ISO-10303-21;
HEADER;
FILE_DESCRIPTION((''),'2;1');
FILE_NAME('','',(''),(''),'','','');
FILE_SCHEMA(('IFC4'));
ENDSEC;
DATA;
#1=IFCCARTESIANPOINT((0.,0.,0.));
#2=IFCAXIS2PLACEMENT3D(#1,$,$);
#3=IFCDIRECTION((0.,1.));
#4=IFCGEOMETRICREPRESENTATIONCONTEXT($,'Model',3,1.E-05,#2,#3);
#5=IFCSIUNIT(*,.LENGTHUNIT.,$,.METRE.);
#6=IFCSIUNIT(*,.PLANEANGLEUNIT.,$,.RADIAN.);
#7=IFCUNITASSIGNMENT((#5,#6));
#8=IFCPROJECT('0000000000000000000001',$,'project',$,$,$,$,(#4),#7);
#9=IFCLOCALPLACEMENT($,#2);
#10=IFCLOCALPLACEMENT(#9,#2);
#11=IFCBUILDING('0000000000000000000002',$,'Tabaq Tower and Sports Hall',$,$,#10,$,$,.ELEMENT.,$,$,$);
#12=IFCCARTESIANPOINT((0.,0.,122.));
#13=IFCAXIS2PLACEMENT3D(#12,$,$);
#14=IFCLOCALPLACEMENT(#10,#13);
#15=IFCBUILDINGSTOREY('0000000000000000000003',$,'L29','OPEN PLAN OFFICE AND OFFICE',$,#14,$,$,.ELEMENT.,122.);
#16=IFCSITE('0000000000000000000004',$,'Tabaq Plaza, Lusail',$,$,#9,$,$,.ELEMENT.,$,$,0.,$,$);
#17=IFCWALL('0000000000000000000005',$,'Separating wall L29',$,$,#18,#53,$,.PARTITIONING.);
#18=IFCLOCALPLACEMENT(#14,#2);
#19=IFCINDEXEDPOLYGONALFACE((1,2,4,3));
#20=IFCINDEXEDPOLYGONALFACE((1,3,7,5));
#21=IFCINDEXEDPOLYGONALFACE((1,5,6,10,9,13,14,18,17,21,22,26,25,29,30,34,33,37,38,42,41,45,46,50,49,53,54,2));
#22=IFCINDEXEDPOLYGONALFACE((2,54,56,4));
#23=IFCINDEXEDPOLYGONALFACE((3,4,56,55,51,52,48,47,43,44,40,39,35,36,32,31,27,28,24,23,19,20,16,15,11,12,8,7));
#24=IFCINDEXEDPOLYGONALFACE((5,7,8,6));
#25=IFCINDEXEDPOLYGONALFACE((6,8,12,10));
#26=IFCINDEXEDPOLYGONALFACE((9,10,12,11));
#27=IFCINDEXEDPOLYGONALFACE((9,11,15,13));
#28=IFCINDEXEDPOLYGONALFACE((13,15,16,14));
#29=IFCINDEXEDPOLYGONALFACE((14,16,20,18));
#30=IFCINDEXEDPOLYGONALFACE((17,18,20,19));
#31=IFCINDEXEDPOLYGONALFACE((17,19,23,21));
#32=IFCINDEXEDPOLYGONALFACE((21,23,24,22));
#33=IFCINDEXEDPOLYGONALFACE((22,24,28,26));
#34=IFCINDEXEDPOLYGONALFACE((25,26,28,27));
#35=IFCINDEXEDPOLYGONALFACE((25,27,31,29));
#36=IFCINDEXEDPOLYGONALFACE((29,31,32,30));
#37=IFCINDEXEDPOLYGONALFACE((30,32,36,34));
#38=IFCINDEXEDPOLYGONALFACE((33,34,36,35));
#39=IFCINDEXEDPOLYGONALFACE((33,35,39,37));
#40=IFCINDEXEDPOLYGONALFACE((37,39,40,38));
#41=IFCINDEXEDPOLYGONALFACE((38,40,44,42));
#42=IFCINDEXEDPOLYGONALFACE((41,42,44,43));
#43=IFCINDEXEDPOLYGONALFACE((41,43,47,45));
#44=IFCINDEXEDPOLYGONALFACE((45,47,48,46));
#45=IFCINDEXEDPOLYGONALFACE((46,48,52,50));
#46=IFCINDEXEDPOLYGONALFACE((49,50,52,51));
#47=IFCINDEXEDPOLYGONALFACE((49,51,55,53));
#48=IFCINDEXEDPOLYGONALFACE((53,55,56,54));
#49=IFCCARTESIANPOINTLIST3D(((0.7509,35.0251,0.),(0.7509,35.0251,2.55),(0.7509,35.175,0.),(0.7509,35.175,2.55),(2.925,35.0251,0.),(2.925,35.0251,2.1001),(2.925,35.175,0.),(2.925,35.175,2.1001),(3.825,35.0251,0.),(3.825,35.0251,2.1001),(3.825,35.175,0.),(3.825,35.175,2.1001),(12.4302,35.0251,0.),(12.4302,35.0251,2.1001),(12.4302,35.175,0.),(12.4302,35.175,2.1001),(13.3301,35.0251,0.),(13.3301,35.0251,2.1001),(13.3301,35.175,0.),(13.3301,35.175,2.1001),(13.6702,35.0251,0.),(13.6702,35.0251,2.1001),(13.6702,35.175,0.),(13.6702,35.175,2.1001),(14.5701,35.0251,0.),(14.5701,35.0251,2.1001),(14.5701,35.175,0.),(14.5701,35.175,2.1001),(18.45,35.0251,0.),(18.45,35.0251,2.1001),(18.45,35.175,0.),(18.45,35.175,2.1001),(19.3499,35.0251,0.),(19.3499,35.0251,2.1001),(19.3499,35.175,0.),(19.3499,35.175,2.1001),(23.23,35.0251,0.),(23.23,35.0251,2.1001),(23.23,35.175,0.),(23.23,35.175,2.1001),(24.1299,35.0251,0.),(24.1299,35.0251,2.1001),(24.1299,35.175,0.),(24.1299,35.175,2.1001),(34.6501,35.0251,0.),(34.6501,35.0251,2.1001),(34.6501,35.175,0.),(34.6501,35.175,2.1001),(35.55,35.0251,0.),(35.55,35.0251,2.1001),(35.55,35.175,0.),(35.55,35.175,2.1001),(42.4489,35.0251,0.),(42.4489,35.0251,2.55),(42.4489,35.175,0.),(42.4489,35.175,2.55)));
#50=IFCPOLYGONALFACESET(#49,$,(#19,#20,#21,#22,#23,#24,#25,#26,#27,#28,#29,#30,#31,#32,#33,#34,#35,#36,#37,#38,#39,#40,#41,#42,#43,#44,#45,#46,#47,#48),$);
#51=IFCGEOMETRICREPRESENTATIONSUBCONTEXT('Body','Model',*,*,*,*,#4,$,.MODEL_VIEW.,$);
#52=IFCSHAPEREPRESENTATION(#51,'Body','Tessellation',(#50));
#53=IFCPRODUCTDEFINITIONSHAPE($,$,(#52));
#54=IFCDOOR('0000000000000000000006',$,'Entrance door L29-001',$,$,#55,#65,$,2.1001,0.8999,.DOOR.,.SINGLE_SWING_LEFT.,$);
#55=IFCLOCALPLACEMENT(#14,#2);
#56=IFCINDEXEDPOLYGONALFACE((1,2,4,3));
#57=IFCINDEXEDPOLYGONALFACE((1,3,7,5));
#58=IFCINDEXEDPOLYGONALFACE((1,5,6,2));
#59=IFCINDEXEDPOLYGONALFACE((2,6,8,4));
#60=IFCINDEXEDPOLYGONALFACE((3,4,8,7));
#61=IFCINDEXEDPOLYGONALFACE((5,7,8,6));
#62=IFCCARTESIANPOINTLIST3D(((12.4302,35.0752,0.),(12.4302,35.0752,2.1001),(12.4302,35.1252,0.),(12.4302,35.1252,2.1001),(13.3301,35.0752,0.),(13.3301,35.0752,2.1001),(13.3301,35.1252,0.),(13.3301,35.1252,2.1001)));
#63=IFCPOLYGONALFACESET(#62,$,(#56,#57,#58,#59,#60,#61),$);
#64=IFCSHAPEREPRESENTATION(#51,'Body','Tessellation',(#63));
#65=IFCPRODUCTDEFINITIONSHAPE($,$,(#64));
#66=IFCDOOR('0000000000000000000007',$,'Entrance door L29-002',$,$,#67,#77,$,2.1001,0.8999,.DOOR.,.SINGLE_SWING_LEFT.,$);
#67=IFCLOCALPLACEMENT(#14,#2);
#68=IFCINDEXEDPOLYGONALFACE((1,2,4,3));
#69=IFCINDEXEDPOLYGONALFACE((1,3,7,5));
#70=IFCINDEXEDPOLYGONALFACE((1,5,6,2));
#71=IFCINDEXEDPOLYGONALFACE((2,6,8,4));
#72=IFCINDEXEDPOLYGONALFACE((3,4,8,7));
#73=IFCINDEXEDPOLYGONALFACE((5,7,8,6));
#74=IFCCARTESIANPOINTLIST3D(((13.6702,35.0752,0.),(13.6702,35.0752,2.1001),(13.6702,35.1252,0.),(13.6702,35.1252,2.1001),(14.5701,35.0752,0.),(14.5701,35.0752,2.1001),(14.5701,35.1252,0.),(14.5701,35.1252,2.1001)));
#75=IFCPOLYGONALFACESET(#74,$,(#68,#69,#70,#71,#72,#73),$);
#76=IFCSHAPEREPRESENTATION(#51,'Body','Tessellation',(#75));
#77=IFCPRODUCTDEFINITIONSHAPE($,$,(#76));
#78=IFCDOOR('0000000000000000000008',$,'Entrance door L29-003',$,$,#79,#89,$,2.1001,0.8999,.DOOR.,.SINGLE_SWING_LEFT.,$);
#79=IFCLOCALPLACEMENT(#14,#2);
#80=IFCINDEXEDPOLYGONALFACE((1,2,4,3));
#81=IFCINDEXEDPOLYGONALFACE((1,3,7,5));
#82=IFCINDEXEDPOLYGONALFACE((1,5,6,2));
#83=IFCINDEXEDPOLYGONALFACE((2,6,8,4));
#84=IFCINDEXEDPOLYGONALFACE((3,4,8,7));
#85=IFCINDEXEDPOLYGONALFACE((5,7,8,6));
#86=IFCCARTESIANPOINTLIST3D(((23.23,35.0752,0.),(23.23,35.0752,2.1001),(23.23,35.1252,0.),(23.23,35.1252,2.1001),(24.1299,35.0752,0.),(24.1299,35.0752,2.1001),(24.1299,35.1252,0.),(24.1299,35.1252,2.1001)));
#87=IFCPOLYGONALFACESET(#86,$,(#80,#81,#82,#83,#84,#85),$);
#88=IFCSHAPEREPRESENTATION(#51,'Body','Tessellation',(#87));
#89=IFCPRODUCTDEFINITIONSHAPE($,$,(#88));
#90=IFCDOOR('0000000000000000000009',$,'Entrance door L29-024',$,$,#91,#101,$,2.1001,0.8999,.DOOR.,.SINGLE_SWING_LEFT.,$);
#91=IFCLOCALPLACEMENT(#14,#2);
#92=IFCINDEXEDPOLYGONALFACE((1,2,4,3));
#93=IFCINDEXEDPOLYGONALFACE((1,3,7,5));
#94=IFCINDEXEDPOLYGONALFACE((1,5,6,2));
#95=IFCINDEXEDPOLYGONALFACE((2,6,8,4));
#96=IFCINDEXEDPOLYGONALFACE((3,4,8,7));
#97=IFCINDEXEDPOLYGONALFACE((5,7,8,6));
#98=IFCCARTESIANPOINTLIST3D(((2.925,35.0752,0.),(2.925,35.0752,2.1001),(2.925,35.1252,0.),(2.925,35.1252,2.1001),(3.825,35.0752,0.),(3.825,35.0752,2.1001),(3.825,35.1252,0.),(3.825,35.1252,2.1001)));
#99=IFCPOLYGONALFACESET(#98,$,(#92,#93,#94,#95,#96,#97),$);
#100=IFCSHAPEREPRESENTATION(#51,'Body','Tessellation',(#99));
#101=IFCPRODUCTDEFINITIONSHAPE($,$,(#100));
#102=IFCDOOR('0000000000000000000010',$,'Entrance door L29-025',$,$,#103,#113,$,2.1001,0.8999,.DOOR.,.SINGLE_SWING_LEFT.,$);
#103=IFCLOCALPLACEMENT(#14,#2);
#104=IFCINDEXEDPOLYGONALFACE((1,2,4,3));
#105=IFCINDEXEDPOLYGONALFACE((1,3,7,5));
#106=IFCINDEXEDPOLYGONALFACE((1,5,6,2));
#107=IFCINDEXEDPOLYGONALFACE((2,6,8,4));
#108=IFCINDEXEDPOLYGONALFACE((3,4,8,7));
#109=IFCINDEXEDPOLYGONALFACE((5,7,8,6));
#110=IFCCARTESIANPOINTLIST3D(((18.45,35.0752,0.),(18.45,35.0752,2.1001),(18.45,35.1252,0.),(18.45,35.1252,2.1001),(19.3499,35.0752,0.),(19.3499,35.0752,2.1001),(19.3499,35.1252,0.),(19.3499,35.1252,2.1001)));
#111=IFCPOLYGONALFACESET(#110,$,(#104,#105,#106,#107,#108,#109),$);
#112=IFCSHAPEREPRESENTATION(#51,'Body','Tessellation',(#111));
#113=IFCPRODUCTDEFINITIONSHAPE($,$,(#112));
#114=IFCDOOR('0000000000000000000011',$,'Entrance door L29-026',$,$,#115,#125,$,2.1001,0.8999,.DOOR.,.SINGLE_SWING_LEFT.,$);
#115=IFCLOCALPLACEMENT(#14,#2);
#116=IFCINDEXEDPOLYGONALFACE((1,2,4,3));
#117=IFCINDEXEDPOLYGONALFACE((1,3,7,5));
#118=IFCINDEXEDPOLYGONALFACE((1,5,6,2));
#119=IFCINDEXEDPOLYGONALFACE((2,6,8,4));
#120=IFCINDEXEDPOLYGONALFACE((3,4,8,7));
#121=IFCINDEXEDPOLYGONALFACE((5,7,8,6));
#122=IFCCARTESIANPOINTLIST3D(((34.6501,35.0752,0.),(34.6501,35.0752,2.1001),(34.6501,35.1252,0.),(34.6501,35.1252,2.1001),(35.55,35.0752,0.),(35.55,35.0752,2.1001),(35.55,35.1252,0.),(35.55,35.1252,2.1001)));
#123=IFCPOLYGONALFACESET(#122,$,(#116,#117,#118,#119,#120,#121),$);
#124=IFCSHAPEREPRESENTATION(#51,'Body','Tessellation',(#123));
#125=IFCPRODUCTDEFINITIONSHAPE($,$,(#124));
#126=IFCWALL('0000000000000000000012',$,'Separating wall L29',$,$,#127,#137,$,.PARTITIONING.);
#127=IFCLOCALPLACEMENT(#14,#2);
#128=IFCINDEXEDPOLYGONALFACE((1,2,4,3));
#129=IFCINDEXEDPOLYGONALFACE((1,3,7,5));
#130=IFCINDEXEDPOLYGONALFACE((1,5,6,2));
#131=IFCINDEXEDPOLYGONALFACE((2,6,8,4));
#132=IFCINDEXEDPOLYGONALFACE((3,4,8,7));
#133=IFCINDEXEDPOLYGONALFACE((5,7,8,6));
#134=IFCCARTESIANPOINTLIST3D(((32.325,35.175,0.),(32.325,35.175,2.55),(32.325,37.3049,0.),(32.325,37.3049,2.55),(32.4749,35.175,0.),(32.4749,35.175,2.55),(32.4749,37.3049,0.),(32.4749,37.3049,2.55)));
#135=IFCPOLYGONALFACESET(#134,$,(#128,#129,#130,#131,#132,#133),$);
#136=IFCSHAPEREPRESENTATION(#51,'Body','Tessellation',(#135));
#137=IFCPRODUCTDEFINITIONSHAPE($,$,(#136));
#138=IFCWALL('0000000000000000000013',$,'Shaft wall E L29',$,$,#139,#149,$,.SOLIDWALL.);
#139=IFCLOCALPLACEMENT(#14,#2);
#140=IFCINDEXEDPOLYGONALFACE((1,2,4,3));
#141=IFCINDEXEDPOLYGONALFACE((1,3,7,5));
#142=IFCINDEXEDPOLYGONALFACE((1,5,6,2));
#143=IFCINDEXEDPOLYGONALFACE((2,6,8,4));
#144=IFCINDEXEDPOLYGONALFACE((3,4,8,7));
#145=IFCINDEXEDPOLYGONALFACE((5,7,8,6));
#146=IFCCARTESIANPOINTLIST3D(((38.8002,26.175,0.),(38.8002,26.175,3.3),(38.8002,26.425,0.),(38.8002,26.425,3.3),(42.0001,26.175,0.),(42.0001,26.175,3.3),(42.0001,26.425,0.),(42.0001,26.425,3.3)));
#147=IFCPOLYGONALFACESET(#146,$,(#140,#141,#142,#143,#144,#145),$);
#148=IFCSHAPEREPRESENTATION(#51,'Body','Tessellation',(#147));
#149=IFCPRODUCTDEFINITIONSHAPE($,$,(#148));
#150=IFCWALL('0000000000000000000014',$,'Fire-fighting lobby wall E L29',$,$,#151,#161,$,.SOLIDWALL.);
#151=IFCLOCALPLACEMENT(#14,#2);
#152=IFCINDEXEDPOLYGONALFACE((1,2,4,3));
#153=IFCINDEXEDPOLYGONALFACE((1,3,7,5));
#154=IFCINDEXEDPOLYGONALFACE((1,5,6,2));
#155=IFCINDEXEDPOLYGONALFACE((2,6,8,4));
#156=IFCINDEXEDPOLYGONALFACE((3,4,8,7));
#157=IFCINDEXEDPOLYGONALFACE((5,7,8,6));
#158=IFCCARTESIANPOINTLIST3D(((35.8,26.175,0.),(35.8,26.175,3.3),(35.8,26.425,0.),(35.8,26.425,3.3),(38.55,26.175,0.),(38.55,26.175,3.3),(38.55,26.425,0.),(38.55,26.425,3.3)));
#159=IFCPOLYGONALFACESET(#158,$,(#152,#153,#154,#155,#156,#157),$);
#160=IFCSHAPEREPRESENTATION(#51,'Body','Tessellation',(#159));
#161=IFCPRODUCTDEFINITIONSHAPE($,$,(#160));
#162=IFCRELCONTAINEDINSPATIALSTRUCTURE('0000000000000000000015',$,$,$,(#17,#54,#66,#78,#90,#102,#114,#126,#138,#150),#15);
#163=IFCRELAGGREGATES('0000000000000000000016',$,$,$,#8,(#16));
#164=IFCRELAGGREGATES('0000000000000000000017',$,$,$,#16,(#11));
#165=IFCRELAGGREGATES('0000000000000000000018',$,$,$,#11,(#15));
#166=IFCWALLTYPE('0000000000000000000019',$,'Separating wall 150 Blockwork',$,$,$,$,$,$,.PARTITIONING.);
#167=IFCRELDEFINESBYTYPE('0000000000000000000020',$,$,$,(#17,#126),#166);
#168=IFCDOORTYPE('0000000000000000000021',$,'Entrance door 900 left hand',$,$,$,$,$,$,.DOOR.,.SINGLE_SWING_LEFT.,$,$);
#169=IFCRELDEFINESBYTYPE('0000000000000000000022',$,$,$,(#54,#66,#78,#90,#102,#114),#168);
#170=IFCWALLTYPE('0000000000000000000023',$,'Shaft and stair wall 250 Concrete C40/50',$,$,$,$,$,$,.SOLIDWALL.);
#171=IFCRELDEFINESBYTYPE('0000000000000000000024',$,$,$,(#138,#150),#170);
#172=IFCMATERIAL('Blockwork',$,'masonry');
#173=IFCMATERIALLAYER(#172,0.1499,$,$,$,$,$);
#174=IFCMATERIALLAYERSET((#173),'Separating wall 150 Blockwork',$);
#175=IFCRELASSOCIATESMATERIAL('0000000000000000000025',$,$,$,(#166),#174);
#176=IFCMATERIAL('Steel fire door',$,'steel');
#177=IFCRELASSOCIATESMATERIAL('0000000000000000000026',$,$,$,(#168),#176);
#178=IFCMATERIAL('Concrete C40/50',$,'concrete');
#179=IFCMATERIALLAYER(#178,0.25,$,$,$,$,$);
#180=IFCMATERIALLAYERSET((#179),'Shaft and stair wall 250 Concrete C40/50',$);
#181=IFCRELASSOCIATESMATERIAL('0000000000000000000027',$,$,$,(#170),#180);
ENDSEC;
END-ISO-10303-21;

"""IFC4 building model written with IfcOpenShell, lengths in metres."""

from ifc_helpers import new_model, si_unit, direction, frame, frame_2d, origin, place, context, subcontext, project, spatial, rectangle, extrude, material, layer, layer_set, type_object, element, fill, save


model = new_model("IFC4")

# Units and contexts
model_context = context("Model", 3, precision=1e-05, world=origin(), true_north=direction((0.0, 1.0)))
body_context = subcontext(model_context, "Body", "Model", "MODEL_VIEW")
ifc_project = project(units=[si_unit("LENGTHUNIT", "METRE"), si_unit("PLANEANGLEUNIT", "RADIAN")], contexts=[model_context])

# Site, building, storey
site_placement = place(None, origin())
site = spatial("IfcSite", under=ifc_project, at=site_placement, Name="Tabaq Plaza, Lusail", CompositionType="ELEMENT", RefElevation=0.0)
building_placement = place(site_placement, origin())
building = spatial("IfcBuilding", under=site, at=building_placement, Name="Tabaq Tower and Sports Hall", CompositionType="ELEMENT")
storey_placement = place(building_placement, frame((0.0, 0.0, 122.0)))
storey = spatial("IfcBuildingStorey", under=building, at=storey_placement, Name="L29", Description="OPEN PLAN OFFICE AND OFFICE", CompositionType="ELEMENT", Elevation=122.0)

# Wall, openings, doors
ifc_material_1 = material(Name="Blockwork", Category="masonry")
ifc_layer_1 = layer(ifc_material_1, 0.1499)
ifc_layer_set_1 = layer_set([ifc_layer_1], Name="Separating wall 150 Blockwork")
wall_type_1 = type_object("IfcWallType", Name="Separating wall 150 Blockwork", PredefinedType="PARTITIONING", material=ifc_layer_set_1)
wall_1_placement = place(storey_placement, frame((42.449, 35.1001, 0.0), z_axis=(0.0, 0.0, 1.0), x_axis=(-1.0, 0.0, 0.0)))
wall_1 = element("IfcWall", 1, at=wall_1_placement, inside=storey, type_object=wall_type_1, Name="Separating wall L29", PredefinedType="PARTITIONING", context=body_context, shape_type="SweptSolid", body=[
    extrude(rectangle(XDim=41.698, YDim=0.1499, at=frame_2d((20.8491, 0.0))), origin(), (0.0, 0.0, 1.0), 2.55),
])
opening_1_placement = place(wall_1_placement, frame((29.1189, 0.0, 0.0)))
opening_1 = element("IfcOpeningElement", 2, at=opening_1_placement, cuts=wall_1, PredefinedType="OPENING", context=body_context, shape_type="SweptSolid", body=[
    extrude(rectangle(XDim=0.8999, YDim=2.1001, at=frame_2d((0.45, 1.05))), frame((0.0, 0.075, 0.0), z_axis=(0.0, -1.0, 0.0), x_axis=(1.0, 0.0, 0.0)), (0.0, 0.0, 1.0), 0.1499),
])
opening_2_placement = place(wall_1_placement, frame((27.8789, 0.0, 0.0)))
opening_2 = element("IfcOpeningElement", 3, at=opening_2_placement, cuts=wall_1, PredefinedType="OPENING", context=body_context, shape_type="SweptSolid", body=[
    extrude(rectangle(XDim=0.8999, YDim=2.1001, at=frame_2d((0.45, 1.05))), frame((0.0, 0.075, 0.0), z_axis=(0.0, -1.0, 0.0), x_axis=(1.0, 0.0, 0.0)), (0.0, 0.0, 1.0), 0.1499),
])
opening_3_placement = place(wall_1_placement, frame((18.3191, 0.0, 0.0)))
opening_3 = element("IfcOpeningElement", 4, at=opening_3_placement, cuts=wall_1, PredefinedType="OPENING", context=body_context, shape_type="SweptSolid", body=[
    extrude(rectangle(XDim=0.8999, YDim=2.1001, at=frame_2d((0.45, 1.05))), frame((0.0, 0.075, 0.0), z_axis=(0.0, -1.0, 0.0), x_axis=(1.0, 0.0, 0.0)), (0.0, 0.0, 1.0), 0.1499),
])
opening_4_placement = place(wall_1_placement, frame((38.624, 0.0, 0.0)))
opening_4 = element("IfcOpeningElement", 5, at=opening_4_placement, cuts=wall_1, PredefinedType="OPENING", context=body_context, shape_type="SweptSolid", body=[
    extrude(rectangle(XDim=0.8999, YDim=2.1001, at=frame_2d((0.45, 1.05))), frame((0.0, 0.075, 0.0), z_axis=(0.0, -1.0, 0.0), x_axis=(1.0, 0.0, 0.0)), (0.0, 0.0, 1.0), 0.1499),
])
opening_5_placement = place(wall_1_placement, frame((23.0991, 0.0, 0.0)))
opening_5 = element("IfcOpeningElement", 6, at=opening_5_placement, cuts=wall_1, PredefinedType="OPENING", context=body_context, shape_type="SweptSolid", body=[
    extrude(rectangle(XDim=0.8999, YDim=2.1001, at=frame_2d((0.45, 1.05))), frame((0.0, 0.075, 0.0), z_axis=(0.0, -1.0, 0.0), x_axis=(1.0, 0.0, 0.0)), (0.0, 0.0, 1.0), 0.1499),
])
opening_6_placement = place(wall_1_placement, frame((6.8989, 0.0, 0.0)))
opening_6 = element("IfcOpeningElement", 7, at=opening_6_placement, cuts=wall_1, PredefinedType="OPENING", context=body_context, shape_type="SweptSolid", body=[
    extrude(rectangle(XDim=0.8999, YDim=2.1001, at=frame_2d((0.45, 1.05))), frame((0.0, 0.075, 0.0), z_axis=(0.0, -1.0, 0.0), x_axis=(1.0, 0.0, 0.0)), (0.0, 0.0, 1.0), 0.1499),
])
ifc_material_2 = material(Name="Steel fire door", Category="steel")
door_type_1 = type_object("IfcDoorType", Name="Entrance door 900 left hand", OperationType="SINGLE_SWING_LEFT", PredefinedType="DOOR", material=ifc_material_2)
door_1_placement = place(opening_1_placement, origin())
door_1 = element("IfcDoor", 8, at=door_1_placement, inside=storey, type_object=door_type_1, Name="Entrance door L29-001", OperationType="SINGLE_SWING_LEFT", OverallHeight=2.1001, OverallWidth=0.8999, PredefinedType="DOOR", context=body_context, shape_type="SweptSolid", body=[
    extrude(rectangle(XDim=0.8999, YDim=2.1001, at=frame_2d((0.45, 1.05))), frame((0.0, 0.0249, 0.0), z_axis=(0.0, -1.0, 0.0), x_axis=(1.0, 0.0, 0.0)), (0.0, 0.0, 1.0), 0.05),
])
fill(opening_1, door_1)
door_2_placement = place(opening_2_placement, origin())
door_2 = element("IfcDoor", 9, at=door_2_placement, inside=storey, type_object=door_type_1, Name="Entrance door L29-002", OperationType="SINGLE_SWING_LEFT", OverallHeight=2.1001, OverallWidth=0.8999, PredefinedType="DOOR", context=body_context, shape_type="SweptSolid", body=[
    extrude(rectangle(XDim=0.8999, YDim=2.1001, at=frame_2d((0.45, 1.05))), frame((0.0, 0.0249, 0.0), z_axis=(0.0, -1.0, 0.0), x_axis=(1.0, 0.0, 0.0)), (0.0, 0.0, 1.0), 0.05),
])
fill(opening_2, door_2)
door_3_placement = place(opening_3_placement, origin())
door_3 = element("IfcDoor", 10, at=door_3_placement, inside=storey, type_object=door_type_1, Name="Entrance door L29-003", OperationType="SINGLE_SWING_LEFT", OverallHeight=2.1001, OverallWidth=0.8999, PredefinedType="DOOR", context=body_context, shape_type="SweptSolid", body=[
    extrude(rectangle(XDim=0.8999, YDim=2.1001, at=frame_2d((0.45, 1.05))), frame((0.0, 0.0249, 0.0), z_axis=(0.0, -1.0, 0.0), x_axis=(1.0, 0.0, 0.0)), (0.0, 0.0, 1.0), 0.05),
])
fill(opening_3, door_3)
door_4_placement = place(opening_4_placement, origin())
door_4 = element("IfcDoor", 11, at=door_4_placement, inside=storey, type_object=door_type_1, Name="Entrance door L29-024", OperationType="SINGLE_SWING_LEFT", OverallHeight=2.1001, OverallWidth=0.8999, PredefinedType="DOOR", context=body_context, shape_type="SweptSolid", body=[
    extrude(rectangle(XDim=0.8999, YDim=2.1001, at=frame_2d((0.45, 1.05))), frame((0.0, 0.0249, 0.0), z_axis=(0.0, -1.0, 0.0), x_axis=(1.0, 0.0, 0.0)), (0.0, 0.0, 1.0), 0.05),
])
fill(opening_4, door_4)
door_5_placement = place(opening_5_placement, origin())
door_5 = element("IfcDoor", 12, at=door_5_placement, inside=storey, type_object=door_type_1, Name="Entrance door L29-025", OperationType="SINGLE_SWING_LEFT", OverallHeight=2.1001, OverallWidth=0.8999, PredefinedType="DOOR", context=body_context, shape_type="SweptSolid", body=[
    extrude(rectangle(XDim=0.8999, YDim=2.1001, at=frame_2d((0.45, 1.05))), frame((0.0, 0.0249, 0.0), z_axis=(0.0, -1.0, 0.0), x_axis=(1.0, 0.0, 0.0)), (0.0, 0.0, 1.0), 0.05),
])
fill(opening_5, door_5)
door_6_placement = place(opening_6_placement, origin())
door_6 = element("IfcDoor", 13, at=door_6_placement, inside=storey, type_object=door_type_1, Name="Entrance door L29-026", OperationType="SINGLE_SWING_LEFT", OverallHeight=2.1001, OverallWidth=0.8999, PredefinedType="DOOR", context=body_context, shape_type="SweptSolid", body=[
    extrude(rectangle(XDim=0.8999, YDim=2.1001, at=frame_2d((0.45, 1.05))), frame((0.0, 0.0249, 0.0), z_axis=(0.0, -1.0, 0.0), x_axis=(1.0, 0.0, 0.0)), (0.0, 0.0, 1.0), 0.05),
])
fill(opening_6, door_6)

# Walls
wall_2_placement = place(storey_placement, frame((32.3999, 35.175, 0.0), z_axis=(0.0, 0.0, 1.0), x_axis=(0.0, 1.0, 0.0)))
element("IfcWall", 14, at=wall_2_placement, inside=storey, type_object=wall_type_1, Name="Separating wall L29", PredefinedType="PARTITIONING", context=body_context, shape_type="SweptSolid", body=[
    extrude(rectangle(XDim=2.1299, YDim=0.1499, at=frame_2d((1.0649, 0.0))), origin(), (0.0, 0.0, 1.0), 2.55),
])
ifc_material_3 = material(Name="Concrete C40/50", Category="concrete")
ifc_layer_2 = layer(ifc_material_3, 0.25)
ifc_layer_set_2 = layer_set([ifc_layer_2], Name="Shaft and stair wall 250 Concrete C40/50")
wall_type_2 = type_object("IfcWallType", Name="Shaft and stair wall 250 Concrete C40/50", PredefinedType="SOLIDWALL", material=ifc_layer_set_2)
wall_3_placement = place(storey_placement, frame((38.8, 26.3, 0.0), z_axis=(0.0, 0.0, 1.0), x_axis=(1.0, 0.0, 0.0)))
element("IfcWall", 15, at=wall_3_placement, inside=storey, type_object=wall_type_2, Name="Shaft wall E L29", PredefinedType="SOLIDWALL", context=body_context, shape_type="SweptSolid", body=[
    extrude(rectangle(XDim=3.2, YDim=0.25, at=frame_2d((1.6001, 0.0))), origin(), (0.0, 0.0, 1.0), 3.3),
])
wall_4_placement = place(storey_placement, frame((35.8, 26.3, 0.0), z_axis=(0.0, 0.0, 1.0), x_axis=(1.0, 0.0, 0.0)))
element("IfcWall", 16, at=wall_4_placement, inside=storey, type_object=wall_type_2, Name="Fire-fighting lobby wall E L29", PredefinedType="SOLIDWALL", context=body_context, shape_type="SweptSolid", body=[
    extrude(rectangle(XDim=2.75, YDim=0.25, at=frame_2d((1.375, 0.0))), origin(), (0.0, 0.0, 1.0), 3.3),
])

save(model, "model.ifc")
